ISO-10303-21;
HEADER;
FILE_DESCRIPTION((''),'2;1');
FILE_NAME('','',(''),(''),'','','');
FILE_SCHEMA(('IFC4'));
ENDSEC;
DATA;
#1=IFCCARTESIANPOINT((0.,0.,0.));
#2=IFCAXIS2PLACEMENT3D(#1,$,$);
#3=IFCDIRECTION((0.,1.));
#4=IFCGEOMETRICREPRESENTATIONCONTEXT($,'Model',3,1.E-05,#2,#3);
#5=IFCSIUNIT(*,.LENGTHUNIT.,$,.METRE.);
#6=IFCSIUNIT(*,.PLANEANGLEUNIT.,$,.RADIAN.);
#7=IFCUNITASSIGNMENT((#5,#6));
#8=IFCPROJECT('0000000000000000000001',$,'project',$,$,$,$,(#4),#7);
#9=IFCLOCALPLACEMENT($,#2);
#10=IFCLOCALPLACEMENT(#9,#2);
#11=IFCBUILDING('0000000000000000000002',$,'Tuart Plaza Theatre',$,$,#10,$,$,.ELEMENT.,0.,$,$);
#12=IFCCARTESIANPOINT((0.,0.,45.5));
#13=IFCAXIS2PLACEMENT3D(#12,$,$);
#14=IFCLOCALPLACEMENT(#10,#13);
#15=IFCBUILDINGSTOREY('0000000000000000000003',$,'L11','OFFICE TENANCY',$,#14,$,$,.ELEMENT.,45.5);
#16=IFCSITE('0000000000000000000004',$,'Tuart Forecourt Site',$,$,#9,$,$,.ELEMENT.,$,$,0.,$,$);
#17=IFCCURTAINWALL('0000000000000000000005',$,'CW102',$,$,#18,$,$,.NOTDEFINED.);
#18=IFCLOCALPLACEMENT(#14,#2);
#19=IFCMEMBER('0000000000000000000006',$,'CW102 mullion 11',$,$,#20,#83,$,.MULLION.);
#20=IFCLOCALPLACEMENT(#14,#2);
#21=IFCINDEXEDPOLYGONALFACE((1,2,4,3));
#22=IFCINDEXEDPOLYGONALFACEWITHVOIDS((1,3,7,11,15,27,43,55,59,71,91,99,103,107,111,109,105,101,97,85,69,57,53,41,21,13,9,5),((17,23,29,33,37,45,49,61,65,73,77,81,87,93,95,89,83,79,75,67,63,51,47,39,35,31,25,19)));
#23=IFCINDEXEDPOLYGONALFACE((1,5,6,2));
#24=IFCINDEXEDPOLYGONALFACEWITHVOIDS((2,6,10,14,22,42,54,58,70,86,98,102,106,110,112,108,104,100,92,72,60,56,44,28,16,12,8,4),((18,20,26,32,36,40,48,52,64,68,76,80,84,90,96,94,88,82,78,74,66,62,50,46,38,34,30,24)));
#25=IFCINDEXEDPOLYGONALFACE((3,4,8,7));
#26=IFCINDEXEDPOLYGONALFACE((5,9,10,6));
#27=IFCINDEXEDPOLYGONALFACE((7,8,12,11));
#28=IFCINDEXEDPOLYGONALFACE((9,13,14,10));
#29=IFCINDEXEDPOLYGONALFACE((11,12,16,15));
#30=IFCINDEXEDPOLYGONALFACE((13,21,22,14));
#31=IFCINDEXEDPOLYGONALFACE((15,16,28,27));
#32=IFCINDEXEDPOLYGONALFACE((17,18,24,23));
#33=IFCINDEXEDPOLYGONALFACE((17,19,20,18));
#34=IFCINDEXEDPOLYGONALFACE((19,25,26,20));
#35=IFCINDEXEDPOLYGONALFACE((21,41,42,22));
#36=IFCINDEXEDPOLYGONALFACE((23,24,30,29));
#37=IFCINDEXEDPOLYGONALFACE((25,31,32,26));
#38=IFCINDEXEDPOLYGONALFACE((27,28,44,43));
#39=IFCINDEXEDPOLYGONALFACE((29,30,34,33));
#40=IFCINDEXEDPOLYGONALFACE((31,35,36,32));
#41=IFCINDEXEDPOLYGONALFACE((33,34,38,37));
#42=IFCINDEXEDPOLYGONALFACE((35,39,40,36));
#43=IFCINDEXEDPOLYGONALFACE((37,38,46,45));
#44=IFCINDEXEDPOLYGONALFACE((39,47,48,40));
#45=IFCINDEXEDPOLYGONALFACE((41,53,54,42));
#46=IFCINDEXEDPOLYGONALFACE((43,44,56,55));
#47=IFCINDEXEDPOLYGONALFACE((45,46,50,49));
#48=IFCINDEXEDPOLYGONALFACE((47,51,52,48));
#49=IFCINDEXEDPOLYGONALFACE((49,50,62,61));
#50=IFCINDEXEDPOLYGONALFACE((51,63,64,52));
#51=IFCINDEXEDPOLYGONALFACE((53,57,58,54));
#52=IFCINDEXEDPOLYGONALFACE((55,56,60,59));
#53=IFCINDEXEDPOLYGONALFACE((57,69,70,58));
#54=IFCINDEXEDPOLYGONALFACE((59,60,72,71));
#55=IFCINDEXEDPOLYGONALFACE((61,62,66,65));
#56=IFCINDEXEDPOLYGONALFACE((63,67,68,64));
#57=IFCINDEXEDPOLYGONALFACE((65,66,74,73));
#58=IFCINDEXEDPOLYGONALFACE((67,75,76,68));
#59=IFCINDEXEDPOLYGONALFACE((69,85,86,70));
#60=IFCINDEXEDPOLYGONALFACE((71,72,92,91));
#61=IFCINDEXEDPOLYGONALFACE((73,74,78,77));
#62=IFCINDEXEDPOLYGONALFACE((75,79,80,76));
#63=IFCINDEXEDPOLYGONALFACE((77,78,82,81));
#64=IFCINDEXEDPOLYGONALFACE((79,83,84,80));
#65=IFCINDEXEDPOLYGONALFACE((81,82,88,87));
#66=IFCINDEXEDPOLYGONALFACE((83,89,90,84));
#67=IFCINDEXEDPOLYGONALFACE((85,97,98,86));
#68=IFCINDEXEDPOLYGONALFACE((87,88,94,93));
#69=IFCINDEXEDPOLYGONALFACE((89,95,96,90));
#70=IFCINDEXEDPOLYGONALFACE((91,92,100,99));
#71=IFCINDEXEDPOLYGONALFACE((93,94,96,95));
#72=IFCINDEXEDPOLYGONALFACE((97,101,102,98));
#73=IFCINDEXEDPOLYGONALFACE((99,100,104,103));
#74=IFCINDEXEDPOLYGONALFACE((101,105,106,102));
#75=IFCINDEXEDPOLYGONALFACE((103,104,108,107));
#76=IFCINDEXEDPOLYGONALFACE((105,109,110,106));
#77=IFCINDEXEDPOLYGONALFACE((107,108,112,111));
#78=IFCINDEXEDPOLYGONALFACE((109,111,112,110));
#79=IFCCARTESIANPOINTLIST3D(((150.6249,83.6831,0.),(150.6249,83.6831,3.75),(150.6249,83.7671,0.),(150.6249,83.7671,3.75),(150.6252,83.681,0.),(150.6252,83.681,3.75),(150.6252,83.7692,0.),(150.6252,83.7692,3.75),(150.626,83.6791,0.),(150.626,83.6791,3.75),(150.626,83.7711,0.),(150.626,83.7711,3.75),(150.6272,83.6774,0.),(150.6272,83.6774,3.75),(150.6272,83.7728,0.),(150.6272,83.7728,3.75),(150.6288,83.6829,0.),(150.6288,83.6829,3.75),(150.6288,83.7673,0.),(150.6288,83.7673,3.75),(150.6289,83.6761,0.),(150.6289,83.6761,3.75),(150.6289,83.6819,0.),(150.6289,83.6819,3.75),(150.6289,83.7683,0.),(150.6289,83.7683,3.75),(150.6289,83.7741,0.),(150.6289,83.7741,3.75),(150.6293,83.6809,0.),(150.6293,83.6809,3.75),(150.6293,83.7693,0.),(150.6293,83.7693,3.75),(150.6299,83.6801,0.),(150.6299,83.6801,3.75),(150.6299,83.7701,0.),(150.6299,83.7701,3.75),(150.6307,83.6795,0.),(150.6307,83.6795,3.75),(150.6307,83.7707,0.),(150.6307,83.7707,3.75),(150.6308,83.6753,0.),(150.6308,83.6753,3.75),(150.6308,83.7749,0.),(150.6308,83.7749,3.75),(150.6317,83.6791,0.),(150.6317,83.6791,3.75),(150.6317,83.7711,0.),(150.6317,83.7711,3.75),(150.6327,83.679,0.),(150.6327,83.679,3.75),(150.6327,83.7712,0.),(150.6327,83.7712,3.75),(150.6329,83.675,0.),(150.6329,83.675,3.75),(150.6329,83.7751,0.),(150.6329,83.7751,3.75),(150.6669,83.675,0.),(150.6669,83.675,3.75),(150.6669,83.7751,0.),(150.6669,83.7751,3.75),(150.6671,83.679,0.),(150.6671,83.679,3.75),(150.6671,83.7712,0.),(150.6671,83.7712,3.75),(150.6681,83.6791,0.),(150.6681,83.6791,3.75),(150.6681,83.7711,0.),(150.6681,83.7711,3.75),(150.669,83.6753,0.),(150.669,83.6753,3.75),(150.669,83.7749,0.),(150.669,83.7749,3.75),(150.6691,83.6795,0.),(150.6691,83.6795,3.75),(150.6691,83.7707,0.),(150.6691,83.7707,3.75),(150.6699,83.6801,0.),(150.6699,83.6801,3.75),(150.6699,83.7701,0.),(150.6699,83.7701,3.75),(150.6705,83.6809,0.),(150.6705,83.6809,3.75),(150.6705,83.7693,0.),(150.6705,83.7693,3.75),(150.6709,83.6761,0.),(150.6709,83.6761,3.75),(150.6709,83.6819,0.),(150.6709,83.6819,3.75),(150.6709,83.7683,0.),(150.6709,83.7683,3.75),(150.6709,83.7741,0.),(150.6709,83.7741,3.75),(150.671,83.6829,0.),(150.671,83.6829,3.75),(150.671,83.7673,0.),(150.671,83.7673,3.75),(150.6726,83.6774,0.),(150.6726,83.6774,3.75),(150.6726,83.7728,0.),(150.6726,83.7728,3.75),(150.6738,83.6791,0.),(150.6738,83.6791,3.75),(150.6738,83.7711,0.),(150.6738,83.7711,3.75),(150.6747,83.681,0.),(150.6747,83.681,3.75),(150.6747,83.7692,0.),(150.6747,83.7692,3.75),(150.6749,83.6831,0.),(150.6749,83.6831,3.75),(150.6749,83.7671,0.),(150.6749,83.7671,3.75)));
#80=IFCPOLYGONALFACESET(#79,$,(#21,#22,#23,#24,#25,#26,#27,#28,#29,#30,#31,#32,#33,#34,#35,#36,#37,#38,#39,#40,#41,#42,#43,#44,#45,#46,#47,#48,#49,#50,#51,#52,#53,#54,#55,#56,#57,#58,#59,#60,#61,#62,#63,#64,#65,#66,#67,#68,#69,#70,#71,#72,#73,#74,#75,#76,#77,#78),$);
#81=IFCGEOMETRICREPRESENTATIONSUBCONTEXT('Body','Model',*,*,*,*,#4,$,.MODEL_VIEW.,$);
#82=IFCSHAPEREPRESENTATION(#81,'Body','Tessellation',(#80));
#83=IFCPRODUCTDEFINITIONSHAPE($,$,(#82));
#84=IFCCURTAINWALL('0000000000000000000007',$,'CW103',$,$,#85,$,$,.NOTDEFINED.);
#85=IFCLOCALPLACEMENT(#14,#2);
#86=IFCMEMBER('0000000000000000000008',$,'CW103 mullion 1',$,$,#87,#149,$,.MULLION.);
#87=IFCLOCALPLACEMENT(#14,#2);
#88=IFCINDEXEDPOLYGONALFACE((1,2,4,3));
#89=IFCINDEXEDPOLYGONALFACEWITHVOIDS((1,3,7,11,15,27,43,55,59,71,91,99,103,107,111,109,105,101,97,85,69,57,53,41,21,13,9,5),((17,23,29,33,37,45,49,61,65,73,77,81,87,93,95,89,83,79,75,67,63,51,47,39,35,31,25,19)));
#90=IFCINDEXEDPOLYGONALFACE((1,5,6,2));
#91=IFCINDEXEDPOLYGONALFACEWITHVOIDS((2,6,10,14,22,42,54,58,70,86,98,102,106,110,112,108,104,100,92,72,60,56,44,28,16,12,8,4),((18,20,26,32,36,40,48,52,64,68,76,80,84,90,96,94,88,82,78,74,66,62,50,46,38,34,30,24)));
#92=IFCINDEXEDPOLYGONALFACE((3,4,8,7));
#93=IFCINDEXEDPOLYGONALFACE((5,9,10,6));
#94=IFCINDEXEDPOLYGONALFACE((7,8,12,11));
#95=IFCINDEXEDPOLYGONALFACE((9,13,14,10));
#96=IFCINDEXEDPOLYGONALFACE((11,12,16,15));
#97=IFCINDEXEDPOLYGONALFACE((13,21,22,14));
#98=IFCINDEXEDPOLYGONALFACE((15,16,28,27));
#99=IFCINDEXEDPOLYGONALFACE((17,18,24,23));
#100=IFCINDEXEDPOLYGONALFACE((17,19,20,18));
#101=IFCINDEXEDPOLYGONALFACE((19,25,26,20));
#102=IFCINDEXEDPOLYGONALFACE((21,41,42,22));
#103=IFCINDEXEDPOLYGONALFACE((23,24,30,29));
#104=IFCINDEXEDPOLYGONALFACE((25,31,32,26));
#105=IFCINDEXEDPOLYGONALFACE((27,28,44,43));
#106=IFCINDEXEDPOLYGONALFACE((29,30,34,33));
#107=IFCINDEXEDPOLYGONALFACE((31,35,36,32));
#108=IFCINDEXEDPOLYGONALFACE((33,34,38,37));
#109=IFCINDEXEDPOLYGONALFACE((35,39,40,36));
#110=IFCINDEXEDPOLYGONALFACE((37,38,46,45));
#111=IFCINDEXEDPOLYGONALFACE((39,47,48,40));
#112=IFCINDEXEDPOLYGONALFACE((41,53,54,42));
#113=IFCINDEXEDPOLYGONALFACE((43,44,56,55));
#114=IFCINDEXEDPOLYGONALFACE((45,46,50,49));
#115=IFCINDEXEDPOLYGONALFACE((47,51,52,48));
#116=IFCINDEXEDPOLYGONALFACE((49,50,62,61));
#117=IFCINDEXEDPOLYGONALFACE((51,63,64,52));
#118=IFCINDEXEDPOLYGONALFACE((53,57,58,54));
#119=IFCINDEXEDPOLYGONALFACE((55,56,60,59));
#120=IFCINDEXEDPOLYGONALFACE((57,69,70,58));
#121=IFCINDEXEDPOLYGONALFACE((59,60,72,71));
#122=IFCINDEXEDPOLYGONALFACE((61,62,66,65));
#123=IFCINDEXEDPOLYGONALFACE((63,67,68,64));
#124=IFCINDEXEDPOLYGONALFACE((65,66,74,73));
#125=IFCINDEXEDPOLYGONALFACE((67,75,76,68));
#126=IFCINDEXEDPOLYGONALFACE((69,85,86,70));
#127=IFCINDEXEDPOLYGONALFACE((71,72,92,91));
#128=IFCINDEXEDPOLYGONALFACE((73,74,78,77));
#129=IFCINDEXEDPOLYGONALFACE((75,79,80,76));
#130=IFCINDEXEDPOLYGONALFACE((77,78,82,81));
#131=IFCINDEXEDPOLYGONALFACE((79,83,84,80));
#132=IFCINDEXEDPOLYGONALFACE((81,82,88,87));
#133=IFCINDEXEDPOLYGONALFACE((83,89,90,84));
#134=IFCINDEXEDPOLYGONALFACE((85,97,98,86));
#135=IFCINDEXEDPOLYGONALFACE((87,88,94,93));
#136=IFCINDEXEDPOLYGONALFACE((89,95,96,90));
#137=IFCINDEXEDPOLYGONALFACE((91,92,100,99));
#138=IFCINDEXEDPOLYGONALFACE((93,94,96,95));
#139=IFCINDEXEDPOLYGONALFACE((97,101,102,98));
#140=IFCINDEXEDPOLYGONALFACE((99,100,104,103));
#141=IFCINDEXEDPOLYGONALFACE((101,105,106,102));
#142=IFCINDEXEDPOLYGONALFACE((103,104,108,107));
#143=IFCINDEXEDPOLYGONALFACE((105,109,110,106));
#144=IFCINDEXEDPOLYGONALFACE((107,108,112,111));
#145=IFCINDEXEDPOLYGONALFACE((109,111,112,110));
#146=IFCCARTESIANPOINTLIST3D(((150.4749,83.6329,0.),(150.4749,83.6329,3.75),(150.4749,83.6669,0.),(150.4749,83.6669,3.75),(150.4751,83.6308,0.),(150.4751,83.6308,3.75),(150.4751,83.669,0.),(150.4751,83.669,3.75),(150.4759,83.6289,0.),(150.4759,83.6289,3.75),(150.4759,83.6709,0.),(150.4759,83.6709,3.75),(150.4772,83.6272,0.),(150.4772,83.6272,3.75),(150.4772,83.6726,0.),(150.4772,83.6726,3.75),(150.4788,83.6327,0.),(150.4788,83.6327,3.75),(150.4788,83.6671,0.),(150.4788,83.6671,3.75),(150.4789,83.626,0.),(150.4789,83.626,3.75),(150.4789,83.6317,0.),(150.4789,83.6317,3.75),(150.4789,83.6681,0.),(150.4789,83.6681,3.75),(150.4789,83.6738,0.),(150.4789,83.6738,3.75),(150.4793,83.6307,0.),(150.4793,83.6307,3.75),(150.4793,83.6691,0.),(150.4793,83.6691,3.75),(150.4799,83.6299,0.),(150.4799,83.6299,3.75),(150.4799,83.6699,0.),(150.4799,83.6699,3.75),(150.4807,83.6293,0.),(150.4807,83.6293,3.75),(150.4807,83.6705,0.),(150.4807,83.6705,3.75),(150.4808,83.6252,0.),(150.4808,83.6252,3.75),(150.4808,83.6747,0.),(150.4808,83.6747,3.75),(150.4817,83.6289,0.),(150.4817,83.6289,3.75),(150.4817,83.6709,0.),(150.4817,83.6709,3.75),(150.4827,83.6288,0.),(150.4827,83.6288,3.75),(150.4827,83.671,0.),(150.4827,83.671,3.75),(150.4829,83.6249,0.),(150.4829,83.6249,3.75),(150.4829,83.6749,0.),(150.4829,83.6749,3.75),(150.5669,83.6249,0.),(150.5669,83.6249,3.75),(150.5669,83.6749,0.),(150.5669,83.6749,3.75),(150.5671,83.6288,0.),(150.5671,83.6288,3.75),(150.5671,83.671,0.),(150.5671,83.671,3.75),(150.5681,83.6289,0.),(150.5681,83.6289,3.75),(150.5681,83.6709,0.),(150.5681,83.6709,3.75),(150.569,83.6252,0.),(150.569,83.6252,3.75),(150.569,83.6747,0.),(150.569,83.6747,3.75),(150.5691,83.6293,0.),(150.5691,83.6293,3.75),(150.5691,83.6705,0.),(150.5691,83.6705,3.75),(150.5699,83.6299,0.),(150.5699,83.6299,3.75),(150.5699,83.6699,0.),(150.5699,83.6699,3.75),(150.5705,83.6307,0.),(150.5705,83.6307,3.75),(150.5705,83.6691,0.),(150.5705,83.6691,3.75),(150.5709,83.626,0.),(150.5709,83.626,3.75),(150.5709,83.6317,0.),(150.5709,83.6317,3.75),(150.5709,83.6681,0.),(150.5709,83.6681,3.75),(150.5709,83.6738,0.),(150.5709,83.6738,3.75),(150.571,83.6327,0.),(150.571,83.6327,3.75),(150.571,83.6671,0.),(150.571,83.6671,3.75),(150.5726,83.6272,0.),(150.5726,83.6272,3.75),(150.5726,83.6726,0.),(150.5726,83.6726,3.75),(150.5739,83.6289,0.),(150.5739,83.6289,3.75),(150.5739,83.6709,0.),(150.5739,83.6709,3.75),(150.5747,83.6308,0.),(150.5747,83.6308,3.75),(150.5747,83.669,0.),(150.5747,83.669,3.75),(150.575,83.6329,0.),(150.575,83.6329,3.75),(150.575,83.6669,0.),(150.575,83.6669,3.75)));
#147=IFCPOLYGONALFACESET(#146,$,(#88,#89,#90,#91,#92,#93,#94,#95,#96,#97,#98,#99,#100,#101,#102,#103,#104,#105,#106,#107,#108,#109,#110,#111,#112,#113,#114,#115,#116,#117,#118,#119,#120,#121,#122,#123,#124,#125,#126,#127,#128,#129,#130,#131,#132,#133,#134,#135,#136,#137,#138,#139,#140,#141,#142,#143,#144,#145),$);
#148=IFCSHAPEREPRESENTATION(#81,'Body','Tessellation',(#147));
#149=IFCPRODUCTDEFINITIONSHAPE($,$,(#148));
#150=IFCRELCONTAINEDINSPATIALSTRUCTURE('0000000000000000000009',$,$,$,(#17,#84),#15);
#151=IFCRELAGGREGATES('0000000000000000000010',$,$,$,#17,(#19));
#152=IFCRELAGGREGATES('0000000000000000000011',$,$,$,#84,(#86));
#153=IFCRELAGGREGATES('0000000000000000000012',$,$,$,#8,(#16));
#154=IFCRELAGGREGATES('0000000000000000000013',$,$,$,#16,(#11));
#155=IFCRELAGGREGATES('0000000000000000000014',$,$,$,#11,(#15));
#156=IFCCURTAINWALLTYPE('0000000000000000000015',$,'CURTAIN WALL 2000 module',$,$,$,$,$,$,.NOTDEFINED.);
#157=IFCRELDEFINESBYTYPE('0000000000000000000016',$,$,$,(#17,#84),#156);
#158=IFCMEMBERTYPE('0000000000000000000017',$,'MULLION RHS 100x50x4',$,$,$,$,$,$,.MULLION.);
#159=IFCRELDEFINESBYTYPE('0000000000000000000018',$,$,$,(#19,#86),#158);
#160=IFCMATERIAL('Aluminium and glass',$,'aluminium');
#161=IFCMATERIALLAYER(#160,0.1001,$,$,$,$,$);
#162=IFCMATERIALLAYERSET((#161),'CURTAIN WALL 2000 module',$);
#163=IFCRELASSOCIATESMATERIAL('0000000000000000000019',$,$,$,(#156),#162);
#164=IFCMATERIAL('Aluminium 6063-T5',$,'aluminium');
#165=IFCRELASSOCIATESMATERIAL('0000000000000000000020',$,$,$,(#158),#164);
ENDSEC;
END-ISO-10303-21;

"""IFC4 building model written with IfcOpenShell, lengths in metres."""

from ifc_helpers import new_model, si_unit, direction, frame, origin, origin_2d, place, context, subcontext, project, spatial, hollow_rectangle, extrude, material, layer, layer_set, material_profile, profile_set, type_object, element, aggregate, save


model = new_model("IFC4")

# Units and contexts
model_context = context("Model", 3, precision=1e-05, world=origin(), true_north=direction((0.0, 1.0)))
body_context = subcontext(model_context, "Body", "Model", "MODEL_VIEW")
ifc_project = project(units=[si_unit("LENGTHUNIT", "METRE"), si_unit("PLANEANGLEUNIT", "RADIAN")], contexts=[model_context])

# Site, building, storey
site_placement = place(None, origin())
site = spatial("IfcSite", under=ifc_project, at=site_placement, Name="Tuart Forecourt Site", CompositionType="ELEMENT", RefElevation=0.0)
building_placement = place(site_placement, origin())
building = spatial("IfcBuilding", under=site, at=building_placement, Name="Tuart Plaza Theatre", CompositionType="ELEMENT", ElevationOfRefHeight=0.0)
storey_placement = place(building_placement, frame((0.0, 0.0, 45.5)))
storey = spatial("IfcBuildingStorey", under=building, at=storey_placement, Name="L11", Description="OFFICE TENANCY", CompositionType="ELEMENT", Elevation=45.5)

# Curtain wall, member
ifc_material_1 = material(Name="Aluminium and glass", Category="aluminium")
ifc_layer_1 = layer(ifc_material_1, 0.1001)
ifc_layer_set_1 = layer_set([ifc_layer_1], Name="CURTAIN WALL 2000 module")
curtain_wall_type = type_object("IfcCurtainWallType", Name="CURTAIN WALL 2000 module", PredefinedType="NOTDEFINED", material=ifc_layer_set_1)
curtain_wall_1_placement = place(storey_placement, origin())
curtain_wall_1 = element("IfcCurtainWall", 1, at=curtain_wall_1_placement, inside=storey, type_object=curtain_wall_type, Name="CW102", PredefinedType="NOTDEFINED")
ifc_material_2 = material(Name="Aluminium 6063-T5", Category="aluminium")
ifc_material_profile_1 = material_profile(ifc_material_2, hollow_rectangle(XDim=0.05, YDim=0.1001, WallThickness=0.0039, InnerFilletRadius=0.0039, OuterFilletRadius=0.0081, at=origin_2d()), Name="RHS 100x50x4")
ifc_profile_set_1 = profile_set([ifc_material_profile_1], Name="Aluminium 6063-T5")
member_type_1 = type_object("IfcMemberType", Name="MULLION RHS 100x50x4", PredefinedType="MULLION", material=ifc_profile_set_1)
member_1_placement = place(storey_placement, frame((150.6499, 83.7251, 0.0), z_axis=(0.0, 0.0, 1.0), x_axis=(-1.0, 0.0, 0.0)))
member_1 = element("IfcMember", 2, at=member_1_placement, type_object=member_type_1, Name="CW102 mullion 11", PredefinedType="MULLION", context=body_context, shape_type="SweptSolid", body=[
    extrude(hollow_rectangle(XDim=0.05, YDim=0.1001, WallThickness=0.0039, InnerFilletRadius=0.0039, OuterFilletRadius=0.0081, at=origin_2d()), origin(), (0.0, 0.0, 1.0), 3.75),
])
aggregate(curtain_wall_1, [member_1])

# Curtain wall, member
curtain_wall_2_placement = place(storey_placement, origin())
curtain_wall_2 = element("IfcCurtainWall", 3, at=curtain_wall_2_placement, inside=storey, type_object=curtain_wall_type, Name="CW103", PredefinedType="NOTDEFINED")
member_2_placement = place(storey_placement, frame((150.5249, 83.6499, 0.0), z_axis=(0.0, 0.0, 1.0), x_axis=(0.0, -1.0, 0.0)))
member_2 = element("IfcMember", 4, at=member_2_placement, type_object=member_type_1, Name="CW103 mullion 1", PredefinedType="MULLION", context=body_context, shape_type="SweptSolid", body=[
    extrude(hollow_rectangle(XDim=0.05, YDim=0.1001, WallThickness=0.0039, InnerFilletRadius=0.0039, OuterFilletRadius=0.0081, at=origin_2d()), origin(), (0.0, 0.0, 1.0), 3.75),
])

aggregate(curtain_wall_2, [member_2])

save(model, "model.ifc")
